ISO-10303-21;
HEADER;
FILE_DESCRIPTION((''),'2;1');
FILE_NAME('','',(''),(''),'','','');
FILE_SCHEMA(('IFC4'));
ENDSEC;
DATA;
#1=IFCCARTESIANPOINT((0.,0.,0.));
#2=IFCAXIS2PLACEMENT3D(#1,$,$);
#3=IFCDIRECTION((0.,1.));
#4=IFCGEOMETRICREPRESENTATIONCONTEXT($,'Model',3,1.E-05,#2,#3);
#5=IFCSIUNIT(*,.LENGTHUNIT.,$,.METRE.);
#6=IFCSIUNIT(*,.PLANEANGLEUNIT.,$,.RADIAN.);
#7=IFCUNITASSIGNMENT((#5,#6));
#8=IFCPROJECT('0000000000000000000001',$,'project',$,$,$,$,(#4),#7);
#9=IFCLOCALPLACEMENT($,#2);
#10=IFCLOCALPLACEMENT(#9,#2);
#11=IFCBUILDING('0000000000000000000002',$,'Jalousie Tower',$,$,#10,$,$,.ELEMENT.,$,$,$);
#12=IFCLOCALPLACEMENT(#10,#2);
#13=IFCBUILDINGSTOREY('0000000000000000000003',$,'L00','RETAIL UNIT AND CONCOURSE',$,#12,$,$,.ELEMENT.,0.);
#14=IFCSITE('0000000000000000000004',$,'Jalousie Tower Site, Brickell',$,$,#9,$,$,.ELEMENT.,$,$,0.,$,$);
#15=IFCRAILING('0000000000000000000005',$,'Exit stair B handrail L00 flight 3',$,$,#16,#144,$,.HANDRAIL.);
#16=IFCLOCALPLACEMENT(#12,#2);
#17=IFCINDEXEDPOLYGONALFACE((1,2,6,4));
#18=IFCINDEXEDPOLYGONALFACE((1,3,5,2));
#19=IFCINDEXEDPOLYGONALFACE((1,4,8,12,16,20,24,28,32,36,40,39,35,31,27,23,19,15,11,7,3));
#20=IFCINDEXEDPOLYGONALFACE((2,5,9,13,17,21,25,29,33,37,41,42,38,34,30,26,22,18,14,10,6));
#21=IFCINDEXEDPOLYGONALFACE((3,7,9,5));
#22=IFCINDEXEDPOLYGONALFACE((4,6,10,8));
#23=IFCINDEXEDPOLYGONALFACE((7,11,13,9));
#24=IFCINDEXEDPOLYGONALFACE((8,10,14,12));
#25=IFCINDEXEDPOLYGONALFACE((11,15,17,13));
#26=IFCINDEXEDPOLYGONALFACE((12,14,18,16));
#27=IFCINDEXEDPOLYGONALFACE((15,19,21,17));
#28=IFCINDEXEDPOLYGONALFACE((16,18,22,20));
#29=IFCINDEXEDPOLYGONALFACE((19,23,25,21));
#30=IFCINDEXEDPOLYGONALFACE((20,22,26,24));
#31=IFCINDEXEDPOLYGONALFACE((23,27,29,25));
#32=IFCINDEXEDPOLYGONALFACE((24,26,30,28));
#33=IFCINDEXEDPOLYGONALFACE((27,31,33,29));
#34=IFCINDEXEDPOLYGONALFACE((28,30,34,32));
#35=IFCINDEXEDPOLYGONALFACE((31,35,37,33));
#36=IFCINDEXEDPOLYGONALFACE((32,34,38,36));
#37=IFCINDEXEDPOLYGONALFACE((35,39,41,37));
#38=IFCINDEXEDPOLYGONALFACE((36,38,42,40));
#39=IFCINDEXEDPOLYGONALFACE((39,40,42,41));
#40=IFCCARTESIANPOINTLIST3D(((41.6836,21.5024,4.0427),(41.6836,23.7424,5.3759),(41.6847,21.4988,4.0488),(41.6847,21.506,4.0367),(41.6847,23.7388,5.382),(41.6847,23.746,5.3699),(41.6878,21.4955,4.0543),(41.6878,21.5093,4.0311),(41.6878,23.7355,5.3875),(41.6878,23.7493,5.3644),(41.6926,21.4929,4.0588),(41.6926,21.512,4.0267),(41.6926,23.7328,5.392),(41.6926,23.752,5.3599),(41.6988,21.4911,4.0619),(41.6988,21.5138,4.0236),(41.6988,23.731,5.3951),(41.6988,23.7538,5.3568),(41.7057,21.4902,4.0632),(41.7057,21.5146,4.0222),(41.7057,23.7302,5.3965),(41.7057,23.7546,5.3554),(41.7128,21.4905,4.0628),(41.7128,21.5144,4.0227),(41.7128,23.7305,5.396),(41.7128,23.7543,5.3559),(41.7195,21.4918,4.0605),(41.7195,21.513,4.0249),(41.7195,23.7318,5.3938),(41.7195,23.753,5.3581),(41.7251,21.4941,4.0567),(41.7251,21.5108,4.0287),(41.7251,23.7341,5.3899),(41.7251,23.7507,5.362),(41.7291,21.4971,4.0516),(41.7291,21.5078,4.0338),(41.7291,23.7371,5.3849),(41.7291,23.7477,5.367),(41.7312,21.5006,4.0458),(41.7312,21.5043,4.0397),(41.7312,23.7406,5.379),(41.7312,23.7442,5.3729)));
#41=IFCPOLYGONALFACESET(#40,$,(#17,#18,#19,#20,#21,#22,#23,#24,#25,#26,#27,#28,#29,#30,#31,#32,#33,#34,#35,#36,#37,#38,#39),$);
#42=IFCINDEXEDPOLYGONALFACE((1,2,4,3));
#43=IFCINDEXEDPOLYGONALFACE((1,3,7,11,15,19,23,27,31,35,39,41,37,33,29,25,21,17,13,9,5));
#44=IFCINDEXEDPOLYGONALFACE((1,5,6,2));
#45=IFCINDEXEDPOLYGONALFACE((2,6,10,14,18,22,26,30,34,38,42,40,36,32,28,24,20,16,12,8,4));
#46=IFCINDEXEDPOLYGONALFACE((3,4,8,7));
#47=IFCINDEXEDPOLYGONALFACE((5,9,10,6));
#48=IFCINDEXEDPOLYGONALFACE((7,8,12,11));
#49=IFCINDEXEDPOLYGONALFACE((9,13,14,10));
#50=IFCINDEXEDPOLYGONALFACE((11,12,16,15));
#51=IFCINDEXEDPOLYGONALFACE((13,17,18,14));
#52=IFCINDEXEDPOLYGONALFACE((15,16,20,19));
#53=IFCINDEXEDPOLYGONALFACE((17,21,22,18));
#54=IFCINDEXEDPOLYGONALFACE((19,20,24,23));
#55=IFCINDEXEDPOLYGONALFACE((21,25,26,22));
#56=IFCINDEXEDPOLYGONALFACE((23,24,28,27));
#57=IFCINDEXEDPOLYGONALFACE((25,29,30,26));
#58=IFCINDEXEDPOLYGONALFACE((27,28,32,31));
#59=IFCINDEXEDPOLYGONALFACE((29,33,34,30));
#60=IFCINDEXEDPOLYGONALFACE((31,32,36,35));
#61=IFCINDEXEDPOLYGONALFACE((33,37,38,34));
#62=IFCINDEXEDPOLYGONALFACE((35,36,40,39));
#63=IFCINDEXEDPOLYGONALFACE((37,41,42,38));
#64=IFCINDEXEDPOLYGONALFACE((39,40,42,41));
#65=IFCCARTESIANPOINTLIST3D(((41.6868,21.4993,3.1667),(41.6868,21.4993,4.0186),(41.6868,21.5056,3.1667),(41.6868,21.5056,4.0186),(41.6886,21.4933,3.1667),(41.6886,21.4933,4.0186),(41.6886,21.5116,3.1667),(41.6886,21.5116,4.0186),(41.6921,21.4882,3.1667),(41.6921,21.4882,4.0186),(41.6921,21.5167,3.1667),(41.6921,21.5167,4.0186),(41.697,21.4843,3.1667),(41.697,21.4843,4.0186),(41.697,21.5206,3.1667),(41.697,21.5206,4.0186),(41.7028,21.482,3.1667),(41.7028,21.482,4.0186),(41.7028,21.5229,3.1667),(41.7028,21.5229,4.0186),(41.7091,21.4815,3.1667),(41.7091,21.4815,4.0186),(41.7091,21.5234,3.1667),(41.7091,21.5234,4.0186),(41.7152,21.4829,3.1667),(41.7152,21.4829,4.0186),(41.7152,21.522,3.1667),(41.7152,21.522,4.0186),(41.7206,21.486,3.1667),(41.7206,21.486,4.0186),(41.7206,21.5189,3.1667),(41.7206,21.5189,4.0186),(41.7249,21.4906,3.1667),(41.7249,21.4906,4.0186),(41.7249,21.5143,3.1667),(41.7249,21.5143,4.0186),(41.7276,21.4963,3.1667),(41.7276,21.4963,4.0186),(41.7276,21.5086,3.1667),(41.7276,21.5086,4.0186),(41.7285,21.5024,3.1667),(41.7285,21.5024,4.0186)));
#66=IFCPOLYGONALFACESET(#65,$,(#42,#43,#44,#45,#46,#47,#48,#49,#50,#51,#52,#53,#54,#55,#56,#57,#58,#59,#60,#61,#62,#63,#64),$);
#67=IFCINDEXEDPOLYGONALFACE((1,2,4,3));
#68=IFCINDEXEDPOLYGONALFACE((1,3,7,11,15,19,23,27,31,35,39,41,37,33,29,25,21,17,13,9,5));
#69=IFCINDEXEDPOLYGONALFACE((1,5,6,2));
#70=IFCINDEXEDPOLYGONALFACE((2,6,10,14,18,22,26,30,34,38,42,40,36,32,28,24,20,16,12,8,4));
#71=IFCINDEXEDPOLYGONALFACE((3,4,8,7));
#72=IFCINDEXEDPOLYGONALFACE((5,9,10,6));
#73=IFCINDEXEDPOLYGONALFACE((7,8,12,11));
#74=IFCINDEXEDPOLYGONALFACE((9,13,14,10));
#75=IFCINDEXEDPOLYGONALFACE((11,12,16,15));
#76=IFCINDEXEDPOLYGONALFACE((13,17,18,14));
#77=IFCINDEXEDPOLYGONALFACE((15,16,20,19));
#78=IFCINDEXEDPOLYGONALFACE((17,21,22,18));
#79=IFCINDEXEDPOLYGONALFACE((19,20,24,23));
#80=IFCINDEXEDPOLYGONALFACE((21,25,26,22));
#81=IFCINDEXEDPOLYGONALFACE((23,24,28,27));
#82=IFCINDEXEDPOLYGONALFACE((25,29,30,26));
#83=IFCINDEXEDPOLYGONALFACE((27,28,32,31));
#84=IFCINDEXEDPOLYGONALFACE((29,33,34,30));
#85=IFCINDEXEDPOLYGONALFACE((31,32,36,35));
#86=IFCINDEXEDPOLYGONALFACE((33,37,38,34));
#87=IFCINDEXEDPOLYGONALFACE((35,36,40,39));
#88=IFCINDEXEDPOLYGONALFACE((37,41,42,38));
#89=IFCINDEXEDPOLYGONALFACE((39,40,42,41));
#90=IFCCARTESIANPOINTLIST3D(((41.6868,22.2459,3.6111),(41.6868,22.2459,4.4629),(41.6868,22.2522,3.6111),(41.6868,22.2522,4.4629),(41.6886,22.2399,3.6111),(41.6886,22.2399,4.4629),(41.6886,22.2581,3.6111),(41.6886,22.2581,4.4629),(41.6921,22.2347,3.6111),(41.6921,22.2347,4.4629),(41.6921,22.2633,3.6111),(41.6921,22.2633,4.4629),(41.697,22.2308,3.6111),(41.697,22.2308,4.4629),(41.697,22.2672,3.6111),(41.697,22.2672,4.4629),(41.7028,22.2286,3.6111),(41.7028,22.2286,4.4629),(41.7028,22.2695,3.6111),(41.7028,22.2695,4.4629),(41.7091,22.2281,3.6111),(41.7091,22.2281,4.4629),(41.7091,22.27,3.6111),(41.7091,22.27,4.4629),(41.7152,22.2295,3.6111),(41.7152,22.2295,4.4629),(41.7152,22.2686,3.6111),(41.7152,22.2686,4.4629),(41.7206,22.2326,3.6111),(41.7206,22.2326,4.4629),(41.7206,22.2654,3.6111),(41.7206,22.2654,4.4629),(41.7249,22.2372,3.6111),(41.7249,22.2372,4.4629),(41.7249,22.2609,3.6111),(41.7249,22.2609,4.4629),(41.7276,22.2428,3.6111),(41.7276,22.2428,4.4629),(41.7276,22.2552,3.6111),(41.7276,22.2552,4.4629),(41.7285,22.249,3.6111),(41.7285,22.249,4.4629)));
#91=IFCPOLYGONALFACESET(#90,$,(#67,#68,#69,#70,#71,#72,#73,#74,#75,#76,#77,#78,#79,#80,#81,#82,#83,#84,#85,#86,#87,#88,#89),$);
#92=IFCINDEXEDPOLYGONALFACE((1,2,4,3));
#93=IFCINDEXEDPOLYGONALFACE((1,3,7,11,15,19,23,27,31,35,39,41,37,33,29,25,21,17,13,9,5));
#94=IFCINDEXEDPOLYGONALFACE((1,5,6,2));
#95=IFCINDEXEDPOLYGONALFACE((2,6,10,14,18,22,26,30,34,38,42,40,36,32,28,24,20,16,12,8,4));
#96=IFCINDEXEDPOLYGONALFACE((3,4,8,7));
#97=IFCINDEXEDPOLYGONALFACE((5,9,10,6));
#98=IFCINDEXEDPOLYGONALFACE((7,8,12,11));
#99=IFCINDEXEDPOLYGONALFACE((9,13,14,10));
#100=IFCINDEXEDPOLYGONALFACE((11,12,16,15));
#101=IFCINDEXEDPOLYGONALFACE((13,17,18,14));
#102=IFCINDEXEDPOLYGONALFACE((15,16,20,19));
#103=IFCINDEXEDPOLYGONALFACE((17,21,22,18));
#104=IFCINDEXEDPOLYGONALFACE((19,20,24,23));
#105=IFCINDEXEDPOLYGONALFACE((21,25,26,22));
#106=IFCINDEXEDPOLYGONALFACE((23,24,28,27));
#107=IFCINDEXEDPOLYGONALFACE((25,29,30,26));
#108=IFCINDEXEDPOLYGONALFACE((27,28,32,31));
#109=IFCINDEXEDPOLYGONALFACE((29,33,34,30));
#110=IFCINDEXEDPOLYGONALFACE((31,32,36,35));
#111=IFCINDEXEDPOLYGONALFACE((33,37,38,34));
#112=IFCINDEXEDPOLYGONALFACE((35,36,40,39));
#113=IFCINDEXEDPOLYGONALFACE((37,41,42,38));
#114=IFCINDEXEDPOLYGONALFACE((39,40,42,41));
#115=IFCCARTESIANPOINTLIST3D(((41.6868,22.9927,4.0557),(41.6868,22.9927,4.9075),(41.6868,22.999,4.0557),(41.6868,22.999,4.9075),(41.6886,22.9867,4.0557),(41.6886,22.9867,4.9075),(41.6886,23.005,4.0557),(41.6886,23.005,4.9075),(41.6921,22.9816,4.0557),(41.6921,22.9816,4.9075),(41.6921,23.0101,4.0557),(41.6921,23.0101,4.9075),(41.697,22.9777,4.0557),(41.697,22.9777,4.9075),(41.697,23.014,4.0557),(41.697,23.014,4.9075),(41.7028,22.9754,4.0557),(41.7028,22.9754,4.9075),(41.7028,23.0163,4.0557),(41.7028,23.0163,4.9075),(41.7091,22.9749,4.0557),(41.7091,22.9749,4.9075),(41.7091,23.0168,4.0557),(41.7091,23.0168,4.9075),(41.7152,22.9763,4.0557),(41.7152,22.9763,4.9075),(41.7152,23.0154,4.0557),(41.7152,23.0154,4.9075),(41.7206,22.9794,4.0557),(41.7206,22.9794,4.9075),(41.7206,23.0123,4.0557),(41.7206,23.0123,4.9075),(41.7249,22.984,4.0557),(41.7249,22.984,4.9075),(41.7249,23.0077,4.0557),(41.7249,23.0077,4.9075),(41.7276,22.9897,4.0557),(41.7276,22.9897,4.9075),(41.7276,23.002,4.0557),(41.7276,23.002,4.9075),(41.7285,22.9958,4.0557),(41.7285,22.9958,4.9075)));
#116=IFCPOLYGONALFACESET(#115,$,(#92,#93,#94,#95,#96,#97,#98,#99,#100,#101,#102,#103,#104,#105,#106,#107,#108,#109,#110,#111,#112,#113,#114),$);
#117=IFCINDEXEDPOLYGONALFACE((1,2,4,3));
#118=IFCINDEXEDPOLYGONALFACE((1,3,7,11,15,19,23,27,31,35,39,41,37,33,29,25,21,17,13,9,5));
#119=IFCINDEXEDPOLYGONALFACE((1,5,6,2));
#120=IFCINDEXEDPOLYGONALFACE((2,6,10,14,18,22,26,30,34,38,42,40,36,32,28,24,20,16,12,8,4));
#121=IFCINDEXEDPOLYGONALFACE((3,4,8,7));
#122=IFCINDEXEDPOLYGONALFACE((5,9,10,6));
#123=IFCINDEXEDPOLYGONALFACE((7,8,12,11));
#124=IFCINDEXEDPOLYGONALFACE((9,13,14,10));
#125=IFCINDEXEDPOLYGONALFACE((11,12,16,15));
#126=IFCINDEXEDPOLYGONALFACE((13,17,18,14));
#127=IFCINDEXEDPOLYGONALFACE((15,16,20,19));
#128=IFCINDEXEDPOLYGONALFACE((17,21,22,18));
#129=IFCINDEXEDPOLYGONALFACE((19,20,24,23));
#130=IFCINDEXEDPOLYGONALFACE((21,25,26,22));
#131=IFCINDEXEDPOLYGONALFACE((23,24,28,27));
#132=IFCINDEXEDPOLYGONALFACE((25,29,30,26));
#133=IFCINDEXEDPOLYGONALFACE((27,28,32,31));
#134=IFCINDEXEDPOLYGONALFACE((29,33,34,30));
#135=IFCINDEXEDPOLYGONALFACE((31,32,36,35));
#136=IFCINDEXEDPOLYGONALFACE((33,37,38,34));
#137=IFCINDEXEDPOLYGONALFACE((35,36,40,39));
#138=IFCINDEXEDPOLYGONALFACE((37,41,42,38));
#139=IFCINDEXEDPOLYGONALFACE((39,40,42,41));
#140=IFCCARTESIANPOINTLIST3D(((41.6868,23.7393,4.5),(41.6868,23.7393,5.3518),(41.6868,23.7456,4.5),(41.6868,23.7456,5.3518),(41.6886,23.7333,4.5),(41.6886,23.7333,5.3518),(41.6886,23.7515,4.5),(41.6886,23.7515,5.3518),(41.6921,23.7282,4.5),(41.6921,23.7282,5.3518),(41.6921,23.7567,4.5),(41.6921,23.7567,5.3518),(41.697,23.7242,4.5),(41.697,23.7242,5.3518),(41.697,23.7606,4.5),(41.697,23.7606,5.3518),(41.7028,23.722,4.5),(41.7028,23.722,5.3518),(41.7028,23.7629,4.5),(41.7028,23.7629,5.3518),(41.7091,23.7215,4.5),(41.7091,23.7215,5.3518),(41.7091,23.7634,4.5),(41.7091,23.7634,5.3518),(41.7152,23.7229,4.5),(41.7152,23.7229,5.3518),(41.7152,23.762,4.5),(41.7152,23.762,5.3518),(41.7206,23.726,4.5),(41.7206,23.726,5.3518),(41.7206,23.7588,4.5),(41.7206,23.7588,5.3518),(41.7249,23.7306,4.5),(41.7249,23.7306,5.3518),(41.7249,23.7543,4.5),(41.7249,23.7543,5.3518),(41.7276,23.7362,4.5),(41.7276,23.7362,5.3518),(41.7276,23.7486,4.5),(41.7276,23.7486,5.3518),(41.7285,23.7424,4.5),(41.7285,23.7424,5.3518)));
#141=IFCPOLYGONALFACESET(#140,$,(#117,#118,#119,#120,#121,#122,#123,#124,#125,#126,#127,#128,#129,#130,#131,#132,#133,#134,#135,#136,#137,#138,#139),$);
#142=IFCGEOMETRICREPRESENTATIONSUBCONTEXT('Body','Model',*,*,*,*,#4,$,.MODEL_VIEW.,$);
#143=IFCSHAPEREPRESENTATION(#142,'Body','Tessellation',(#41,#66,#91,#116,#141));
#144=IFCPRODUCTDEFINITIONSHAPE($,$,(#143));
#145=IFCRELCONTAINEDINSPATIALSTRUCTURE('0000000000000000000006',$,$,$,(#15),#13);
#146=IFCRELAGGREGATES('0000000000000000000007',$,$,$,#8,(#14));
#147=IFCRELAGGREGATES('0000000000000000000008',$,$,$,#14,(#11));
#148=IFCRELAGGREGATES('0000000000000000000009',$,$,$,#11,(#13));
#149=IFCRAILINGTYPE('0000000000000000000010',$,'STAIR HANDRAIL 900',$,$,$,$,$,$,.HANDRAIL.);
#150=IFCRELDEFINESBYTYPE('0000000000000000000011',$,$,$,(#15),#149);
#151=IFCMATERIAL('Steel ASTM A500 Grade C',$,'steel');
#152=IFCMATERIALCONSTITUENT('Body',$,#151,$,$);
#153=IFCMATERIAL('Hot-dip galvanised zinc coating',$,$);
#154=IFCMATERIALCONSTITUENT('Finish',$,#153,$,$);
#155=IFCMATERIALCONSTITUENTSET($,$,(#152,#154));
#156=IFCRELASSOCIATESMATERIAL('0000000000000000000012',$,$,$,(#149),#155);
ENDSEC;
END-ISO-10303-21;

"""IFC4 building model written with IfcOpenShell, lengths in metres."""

from ifc_helpers import new_model, si_unit, direction, frame, origin, origin_2d, place, context, subcontext, project, spatial, circle, extrude, material, constituent, constituent_set, type_object, element, save


model = new_model("IFC4")

# Units and contexts
model_context = context("Model", 3, precision=1e-05, world=origin(), true_north=direction((0.0, 1.0)))
body_context = subcontext(model_context, "Body", "Model", "MODEL_VIEW")
ifc_project = project(units=[si_unit("LENGTHUNIT", "METRE"), si_unit("PLANEANGLEUNIT", "RADIAN")], contexts=[model_context])

# Site, building, storey
site_placement = place(None, origin())
site = spatial("IfcSite", under=ifc_project, at=site_placement, Name="Jalousie Tower Site, Brickell", CompositionType="ELEMENT", RefElevation=0.0)
building_placement = place(site_placement, origin())
building = spatial("IfcBuilding", under=site, at=building_placement, Name="Jalousie Tower", CompositionType="ELEMENT")
storey_placement = place(building_placement, origin())
storey = spatial("IfcBuildingStorey", under=building, at=storey_placement, Name="L00", Description="RETAIL UNIT AND CONCOURSE", CompositionType="ELEMENT", Elevation=0.0)

# Railing
ifc_material_1 = material(Name="Steel ASTM A500 Grade C", Category="steel")
ifc_constituent_1 = constituent(ifc_material_1, Name="Body")
ifc_material_2 = material(Name="Hot-dip galvanised zinc coating")
ifc_constituent_2 = constituent(ifc_material_2, Name="Finish")
ifc_constituent_set_1 = constituent_set(constituents=[ifc_constituent_1, ifc_constituent_2])
railing_type_1 = type_object("IfcRailingType", Name="STAIR HANDRAIL 900", PredefinedType="HANDRAIL", material=ifc_constituent_set_1)
railing_1_placement = place(storey_placement, frame((41.7075, 21.5024, 3.1667)))
element("IfcRailing", 1, at=railing_1_placement, inside=storey, type_object=railing_type_1, Name="Exit stair B handrail L00 flight 3", PredefinedType="HANDRAIL", context=body_context, shape_type="SweptSolid", body=[
    extrude(circle(Radius=0.0239, at=origin_2d()), frame((0.0, 0.0, 0.876), z_axis=(0.0, 0.859306, 0.511462), x_axis=(-1.0, 0.0, 0.0)), (0.0, 0.0, 1.0), 2.6067),
    extrude(circle(Radius=0.021, at=origin_2d()), origin(), (0.0, 0.0, 1.0), 0.8518),
    extrude(circle(Radius=0.021, at=origin_2d()), frame((0.0, 0.7466, 0.4443)), (0.0, 0.0, 1.0), 0.8518),
    extrude(circle(Radius=0.021, at=origin_2d()), frame((0.0, 1.4934, 0.8889)), (0.0, 0.0, 1.0), 0.8518),
    extrude(circle(Radius=0.021, at=origin_2d()), frame((0.0, 2.24, 1.3333)), (0.0, 0.0, 1.0), 0.8518),
])

save(model, "model.ifc")
